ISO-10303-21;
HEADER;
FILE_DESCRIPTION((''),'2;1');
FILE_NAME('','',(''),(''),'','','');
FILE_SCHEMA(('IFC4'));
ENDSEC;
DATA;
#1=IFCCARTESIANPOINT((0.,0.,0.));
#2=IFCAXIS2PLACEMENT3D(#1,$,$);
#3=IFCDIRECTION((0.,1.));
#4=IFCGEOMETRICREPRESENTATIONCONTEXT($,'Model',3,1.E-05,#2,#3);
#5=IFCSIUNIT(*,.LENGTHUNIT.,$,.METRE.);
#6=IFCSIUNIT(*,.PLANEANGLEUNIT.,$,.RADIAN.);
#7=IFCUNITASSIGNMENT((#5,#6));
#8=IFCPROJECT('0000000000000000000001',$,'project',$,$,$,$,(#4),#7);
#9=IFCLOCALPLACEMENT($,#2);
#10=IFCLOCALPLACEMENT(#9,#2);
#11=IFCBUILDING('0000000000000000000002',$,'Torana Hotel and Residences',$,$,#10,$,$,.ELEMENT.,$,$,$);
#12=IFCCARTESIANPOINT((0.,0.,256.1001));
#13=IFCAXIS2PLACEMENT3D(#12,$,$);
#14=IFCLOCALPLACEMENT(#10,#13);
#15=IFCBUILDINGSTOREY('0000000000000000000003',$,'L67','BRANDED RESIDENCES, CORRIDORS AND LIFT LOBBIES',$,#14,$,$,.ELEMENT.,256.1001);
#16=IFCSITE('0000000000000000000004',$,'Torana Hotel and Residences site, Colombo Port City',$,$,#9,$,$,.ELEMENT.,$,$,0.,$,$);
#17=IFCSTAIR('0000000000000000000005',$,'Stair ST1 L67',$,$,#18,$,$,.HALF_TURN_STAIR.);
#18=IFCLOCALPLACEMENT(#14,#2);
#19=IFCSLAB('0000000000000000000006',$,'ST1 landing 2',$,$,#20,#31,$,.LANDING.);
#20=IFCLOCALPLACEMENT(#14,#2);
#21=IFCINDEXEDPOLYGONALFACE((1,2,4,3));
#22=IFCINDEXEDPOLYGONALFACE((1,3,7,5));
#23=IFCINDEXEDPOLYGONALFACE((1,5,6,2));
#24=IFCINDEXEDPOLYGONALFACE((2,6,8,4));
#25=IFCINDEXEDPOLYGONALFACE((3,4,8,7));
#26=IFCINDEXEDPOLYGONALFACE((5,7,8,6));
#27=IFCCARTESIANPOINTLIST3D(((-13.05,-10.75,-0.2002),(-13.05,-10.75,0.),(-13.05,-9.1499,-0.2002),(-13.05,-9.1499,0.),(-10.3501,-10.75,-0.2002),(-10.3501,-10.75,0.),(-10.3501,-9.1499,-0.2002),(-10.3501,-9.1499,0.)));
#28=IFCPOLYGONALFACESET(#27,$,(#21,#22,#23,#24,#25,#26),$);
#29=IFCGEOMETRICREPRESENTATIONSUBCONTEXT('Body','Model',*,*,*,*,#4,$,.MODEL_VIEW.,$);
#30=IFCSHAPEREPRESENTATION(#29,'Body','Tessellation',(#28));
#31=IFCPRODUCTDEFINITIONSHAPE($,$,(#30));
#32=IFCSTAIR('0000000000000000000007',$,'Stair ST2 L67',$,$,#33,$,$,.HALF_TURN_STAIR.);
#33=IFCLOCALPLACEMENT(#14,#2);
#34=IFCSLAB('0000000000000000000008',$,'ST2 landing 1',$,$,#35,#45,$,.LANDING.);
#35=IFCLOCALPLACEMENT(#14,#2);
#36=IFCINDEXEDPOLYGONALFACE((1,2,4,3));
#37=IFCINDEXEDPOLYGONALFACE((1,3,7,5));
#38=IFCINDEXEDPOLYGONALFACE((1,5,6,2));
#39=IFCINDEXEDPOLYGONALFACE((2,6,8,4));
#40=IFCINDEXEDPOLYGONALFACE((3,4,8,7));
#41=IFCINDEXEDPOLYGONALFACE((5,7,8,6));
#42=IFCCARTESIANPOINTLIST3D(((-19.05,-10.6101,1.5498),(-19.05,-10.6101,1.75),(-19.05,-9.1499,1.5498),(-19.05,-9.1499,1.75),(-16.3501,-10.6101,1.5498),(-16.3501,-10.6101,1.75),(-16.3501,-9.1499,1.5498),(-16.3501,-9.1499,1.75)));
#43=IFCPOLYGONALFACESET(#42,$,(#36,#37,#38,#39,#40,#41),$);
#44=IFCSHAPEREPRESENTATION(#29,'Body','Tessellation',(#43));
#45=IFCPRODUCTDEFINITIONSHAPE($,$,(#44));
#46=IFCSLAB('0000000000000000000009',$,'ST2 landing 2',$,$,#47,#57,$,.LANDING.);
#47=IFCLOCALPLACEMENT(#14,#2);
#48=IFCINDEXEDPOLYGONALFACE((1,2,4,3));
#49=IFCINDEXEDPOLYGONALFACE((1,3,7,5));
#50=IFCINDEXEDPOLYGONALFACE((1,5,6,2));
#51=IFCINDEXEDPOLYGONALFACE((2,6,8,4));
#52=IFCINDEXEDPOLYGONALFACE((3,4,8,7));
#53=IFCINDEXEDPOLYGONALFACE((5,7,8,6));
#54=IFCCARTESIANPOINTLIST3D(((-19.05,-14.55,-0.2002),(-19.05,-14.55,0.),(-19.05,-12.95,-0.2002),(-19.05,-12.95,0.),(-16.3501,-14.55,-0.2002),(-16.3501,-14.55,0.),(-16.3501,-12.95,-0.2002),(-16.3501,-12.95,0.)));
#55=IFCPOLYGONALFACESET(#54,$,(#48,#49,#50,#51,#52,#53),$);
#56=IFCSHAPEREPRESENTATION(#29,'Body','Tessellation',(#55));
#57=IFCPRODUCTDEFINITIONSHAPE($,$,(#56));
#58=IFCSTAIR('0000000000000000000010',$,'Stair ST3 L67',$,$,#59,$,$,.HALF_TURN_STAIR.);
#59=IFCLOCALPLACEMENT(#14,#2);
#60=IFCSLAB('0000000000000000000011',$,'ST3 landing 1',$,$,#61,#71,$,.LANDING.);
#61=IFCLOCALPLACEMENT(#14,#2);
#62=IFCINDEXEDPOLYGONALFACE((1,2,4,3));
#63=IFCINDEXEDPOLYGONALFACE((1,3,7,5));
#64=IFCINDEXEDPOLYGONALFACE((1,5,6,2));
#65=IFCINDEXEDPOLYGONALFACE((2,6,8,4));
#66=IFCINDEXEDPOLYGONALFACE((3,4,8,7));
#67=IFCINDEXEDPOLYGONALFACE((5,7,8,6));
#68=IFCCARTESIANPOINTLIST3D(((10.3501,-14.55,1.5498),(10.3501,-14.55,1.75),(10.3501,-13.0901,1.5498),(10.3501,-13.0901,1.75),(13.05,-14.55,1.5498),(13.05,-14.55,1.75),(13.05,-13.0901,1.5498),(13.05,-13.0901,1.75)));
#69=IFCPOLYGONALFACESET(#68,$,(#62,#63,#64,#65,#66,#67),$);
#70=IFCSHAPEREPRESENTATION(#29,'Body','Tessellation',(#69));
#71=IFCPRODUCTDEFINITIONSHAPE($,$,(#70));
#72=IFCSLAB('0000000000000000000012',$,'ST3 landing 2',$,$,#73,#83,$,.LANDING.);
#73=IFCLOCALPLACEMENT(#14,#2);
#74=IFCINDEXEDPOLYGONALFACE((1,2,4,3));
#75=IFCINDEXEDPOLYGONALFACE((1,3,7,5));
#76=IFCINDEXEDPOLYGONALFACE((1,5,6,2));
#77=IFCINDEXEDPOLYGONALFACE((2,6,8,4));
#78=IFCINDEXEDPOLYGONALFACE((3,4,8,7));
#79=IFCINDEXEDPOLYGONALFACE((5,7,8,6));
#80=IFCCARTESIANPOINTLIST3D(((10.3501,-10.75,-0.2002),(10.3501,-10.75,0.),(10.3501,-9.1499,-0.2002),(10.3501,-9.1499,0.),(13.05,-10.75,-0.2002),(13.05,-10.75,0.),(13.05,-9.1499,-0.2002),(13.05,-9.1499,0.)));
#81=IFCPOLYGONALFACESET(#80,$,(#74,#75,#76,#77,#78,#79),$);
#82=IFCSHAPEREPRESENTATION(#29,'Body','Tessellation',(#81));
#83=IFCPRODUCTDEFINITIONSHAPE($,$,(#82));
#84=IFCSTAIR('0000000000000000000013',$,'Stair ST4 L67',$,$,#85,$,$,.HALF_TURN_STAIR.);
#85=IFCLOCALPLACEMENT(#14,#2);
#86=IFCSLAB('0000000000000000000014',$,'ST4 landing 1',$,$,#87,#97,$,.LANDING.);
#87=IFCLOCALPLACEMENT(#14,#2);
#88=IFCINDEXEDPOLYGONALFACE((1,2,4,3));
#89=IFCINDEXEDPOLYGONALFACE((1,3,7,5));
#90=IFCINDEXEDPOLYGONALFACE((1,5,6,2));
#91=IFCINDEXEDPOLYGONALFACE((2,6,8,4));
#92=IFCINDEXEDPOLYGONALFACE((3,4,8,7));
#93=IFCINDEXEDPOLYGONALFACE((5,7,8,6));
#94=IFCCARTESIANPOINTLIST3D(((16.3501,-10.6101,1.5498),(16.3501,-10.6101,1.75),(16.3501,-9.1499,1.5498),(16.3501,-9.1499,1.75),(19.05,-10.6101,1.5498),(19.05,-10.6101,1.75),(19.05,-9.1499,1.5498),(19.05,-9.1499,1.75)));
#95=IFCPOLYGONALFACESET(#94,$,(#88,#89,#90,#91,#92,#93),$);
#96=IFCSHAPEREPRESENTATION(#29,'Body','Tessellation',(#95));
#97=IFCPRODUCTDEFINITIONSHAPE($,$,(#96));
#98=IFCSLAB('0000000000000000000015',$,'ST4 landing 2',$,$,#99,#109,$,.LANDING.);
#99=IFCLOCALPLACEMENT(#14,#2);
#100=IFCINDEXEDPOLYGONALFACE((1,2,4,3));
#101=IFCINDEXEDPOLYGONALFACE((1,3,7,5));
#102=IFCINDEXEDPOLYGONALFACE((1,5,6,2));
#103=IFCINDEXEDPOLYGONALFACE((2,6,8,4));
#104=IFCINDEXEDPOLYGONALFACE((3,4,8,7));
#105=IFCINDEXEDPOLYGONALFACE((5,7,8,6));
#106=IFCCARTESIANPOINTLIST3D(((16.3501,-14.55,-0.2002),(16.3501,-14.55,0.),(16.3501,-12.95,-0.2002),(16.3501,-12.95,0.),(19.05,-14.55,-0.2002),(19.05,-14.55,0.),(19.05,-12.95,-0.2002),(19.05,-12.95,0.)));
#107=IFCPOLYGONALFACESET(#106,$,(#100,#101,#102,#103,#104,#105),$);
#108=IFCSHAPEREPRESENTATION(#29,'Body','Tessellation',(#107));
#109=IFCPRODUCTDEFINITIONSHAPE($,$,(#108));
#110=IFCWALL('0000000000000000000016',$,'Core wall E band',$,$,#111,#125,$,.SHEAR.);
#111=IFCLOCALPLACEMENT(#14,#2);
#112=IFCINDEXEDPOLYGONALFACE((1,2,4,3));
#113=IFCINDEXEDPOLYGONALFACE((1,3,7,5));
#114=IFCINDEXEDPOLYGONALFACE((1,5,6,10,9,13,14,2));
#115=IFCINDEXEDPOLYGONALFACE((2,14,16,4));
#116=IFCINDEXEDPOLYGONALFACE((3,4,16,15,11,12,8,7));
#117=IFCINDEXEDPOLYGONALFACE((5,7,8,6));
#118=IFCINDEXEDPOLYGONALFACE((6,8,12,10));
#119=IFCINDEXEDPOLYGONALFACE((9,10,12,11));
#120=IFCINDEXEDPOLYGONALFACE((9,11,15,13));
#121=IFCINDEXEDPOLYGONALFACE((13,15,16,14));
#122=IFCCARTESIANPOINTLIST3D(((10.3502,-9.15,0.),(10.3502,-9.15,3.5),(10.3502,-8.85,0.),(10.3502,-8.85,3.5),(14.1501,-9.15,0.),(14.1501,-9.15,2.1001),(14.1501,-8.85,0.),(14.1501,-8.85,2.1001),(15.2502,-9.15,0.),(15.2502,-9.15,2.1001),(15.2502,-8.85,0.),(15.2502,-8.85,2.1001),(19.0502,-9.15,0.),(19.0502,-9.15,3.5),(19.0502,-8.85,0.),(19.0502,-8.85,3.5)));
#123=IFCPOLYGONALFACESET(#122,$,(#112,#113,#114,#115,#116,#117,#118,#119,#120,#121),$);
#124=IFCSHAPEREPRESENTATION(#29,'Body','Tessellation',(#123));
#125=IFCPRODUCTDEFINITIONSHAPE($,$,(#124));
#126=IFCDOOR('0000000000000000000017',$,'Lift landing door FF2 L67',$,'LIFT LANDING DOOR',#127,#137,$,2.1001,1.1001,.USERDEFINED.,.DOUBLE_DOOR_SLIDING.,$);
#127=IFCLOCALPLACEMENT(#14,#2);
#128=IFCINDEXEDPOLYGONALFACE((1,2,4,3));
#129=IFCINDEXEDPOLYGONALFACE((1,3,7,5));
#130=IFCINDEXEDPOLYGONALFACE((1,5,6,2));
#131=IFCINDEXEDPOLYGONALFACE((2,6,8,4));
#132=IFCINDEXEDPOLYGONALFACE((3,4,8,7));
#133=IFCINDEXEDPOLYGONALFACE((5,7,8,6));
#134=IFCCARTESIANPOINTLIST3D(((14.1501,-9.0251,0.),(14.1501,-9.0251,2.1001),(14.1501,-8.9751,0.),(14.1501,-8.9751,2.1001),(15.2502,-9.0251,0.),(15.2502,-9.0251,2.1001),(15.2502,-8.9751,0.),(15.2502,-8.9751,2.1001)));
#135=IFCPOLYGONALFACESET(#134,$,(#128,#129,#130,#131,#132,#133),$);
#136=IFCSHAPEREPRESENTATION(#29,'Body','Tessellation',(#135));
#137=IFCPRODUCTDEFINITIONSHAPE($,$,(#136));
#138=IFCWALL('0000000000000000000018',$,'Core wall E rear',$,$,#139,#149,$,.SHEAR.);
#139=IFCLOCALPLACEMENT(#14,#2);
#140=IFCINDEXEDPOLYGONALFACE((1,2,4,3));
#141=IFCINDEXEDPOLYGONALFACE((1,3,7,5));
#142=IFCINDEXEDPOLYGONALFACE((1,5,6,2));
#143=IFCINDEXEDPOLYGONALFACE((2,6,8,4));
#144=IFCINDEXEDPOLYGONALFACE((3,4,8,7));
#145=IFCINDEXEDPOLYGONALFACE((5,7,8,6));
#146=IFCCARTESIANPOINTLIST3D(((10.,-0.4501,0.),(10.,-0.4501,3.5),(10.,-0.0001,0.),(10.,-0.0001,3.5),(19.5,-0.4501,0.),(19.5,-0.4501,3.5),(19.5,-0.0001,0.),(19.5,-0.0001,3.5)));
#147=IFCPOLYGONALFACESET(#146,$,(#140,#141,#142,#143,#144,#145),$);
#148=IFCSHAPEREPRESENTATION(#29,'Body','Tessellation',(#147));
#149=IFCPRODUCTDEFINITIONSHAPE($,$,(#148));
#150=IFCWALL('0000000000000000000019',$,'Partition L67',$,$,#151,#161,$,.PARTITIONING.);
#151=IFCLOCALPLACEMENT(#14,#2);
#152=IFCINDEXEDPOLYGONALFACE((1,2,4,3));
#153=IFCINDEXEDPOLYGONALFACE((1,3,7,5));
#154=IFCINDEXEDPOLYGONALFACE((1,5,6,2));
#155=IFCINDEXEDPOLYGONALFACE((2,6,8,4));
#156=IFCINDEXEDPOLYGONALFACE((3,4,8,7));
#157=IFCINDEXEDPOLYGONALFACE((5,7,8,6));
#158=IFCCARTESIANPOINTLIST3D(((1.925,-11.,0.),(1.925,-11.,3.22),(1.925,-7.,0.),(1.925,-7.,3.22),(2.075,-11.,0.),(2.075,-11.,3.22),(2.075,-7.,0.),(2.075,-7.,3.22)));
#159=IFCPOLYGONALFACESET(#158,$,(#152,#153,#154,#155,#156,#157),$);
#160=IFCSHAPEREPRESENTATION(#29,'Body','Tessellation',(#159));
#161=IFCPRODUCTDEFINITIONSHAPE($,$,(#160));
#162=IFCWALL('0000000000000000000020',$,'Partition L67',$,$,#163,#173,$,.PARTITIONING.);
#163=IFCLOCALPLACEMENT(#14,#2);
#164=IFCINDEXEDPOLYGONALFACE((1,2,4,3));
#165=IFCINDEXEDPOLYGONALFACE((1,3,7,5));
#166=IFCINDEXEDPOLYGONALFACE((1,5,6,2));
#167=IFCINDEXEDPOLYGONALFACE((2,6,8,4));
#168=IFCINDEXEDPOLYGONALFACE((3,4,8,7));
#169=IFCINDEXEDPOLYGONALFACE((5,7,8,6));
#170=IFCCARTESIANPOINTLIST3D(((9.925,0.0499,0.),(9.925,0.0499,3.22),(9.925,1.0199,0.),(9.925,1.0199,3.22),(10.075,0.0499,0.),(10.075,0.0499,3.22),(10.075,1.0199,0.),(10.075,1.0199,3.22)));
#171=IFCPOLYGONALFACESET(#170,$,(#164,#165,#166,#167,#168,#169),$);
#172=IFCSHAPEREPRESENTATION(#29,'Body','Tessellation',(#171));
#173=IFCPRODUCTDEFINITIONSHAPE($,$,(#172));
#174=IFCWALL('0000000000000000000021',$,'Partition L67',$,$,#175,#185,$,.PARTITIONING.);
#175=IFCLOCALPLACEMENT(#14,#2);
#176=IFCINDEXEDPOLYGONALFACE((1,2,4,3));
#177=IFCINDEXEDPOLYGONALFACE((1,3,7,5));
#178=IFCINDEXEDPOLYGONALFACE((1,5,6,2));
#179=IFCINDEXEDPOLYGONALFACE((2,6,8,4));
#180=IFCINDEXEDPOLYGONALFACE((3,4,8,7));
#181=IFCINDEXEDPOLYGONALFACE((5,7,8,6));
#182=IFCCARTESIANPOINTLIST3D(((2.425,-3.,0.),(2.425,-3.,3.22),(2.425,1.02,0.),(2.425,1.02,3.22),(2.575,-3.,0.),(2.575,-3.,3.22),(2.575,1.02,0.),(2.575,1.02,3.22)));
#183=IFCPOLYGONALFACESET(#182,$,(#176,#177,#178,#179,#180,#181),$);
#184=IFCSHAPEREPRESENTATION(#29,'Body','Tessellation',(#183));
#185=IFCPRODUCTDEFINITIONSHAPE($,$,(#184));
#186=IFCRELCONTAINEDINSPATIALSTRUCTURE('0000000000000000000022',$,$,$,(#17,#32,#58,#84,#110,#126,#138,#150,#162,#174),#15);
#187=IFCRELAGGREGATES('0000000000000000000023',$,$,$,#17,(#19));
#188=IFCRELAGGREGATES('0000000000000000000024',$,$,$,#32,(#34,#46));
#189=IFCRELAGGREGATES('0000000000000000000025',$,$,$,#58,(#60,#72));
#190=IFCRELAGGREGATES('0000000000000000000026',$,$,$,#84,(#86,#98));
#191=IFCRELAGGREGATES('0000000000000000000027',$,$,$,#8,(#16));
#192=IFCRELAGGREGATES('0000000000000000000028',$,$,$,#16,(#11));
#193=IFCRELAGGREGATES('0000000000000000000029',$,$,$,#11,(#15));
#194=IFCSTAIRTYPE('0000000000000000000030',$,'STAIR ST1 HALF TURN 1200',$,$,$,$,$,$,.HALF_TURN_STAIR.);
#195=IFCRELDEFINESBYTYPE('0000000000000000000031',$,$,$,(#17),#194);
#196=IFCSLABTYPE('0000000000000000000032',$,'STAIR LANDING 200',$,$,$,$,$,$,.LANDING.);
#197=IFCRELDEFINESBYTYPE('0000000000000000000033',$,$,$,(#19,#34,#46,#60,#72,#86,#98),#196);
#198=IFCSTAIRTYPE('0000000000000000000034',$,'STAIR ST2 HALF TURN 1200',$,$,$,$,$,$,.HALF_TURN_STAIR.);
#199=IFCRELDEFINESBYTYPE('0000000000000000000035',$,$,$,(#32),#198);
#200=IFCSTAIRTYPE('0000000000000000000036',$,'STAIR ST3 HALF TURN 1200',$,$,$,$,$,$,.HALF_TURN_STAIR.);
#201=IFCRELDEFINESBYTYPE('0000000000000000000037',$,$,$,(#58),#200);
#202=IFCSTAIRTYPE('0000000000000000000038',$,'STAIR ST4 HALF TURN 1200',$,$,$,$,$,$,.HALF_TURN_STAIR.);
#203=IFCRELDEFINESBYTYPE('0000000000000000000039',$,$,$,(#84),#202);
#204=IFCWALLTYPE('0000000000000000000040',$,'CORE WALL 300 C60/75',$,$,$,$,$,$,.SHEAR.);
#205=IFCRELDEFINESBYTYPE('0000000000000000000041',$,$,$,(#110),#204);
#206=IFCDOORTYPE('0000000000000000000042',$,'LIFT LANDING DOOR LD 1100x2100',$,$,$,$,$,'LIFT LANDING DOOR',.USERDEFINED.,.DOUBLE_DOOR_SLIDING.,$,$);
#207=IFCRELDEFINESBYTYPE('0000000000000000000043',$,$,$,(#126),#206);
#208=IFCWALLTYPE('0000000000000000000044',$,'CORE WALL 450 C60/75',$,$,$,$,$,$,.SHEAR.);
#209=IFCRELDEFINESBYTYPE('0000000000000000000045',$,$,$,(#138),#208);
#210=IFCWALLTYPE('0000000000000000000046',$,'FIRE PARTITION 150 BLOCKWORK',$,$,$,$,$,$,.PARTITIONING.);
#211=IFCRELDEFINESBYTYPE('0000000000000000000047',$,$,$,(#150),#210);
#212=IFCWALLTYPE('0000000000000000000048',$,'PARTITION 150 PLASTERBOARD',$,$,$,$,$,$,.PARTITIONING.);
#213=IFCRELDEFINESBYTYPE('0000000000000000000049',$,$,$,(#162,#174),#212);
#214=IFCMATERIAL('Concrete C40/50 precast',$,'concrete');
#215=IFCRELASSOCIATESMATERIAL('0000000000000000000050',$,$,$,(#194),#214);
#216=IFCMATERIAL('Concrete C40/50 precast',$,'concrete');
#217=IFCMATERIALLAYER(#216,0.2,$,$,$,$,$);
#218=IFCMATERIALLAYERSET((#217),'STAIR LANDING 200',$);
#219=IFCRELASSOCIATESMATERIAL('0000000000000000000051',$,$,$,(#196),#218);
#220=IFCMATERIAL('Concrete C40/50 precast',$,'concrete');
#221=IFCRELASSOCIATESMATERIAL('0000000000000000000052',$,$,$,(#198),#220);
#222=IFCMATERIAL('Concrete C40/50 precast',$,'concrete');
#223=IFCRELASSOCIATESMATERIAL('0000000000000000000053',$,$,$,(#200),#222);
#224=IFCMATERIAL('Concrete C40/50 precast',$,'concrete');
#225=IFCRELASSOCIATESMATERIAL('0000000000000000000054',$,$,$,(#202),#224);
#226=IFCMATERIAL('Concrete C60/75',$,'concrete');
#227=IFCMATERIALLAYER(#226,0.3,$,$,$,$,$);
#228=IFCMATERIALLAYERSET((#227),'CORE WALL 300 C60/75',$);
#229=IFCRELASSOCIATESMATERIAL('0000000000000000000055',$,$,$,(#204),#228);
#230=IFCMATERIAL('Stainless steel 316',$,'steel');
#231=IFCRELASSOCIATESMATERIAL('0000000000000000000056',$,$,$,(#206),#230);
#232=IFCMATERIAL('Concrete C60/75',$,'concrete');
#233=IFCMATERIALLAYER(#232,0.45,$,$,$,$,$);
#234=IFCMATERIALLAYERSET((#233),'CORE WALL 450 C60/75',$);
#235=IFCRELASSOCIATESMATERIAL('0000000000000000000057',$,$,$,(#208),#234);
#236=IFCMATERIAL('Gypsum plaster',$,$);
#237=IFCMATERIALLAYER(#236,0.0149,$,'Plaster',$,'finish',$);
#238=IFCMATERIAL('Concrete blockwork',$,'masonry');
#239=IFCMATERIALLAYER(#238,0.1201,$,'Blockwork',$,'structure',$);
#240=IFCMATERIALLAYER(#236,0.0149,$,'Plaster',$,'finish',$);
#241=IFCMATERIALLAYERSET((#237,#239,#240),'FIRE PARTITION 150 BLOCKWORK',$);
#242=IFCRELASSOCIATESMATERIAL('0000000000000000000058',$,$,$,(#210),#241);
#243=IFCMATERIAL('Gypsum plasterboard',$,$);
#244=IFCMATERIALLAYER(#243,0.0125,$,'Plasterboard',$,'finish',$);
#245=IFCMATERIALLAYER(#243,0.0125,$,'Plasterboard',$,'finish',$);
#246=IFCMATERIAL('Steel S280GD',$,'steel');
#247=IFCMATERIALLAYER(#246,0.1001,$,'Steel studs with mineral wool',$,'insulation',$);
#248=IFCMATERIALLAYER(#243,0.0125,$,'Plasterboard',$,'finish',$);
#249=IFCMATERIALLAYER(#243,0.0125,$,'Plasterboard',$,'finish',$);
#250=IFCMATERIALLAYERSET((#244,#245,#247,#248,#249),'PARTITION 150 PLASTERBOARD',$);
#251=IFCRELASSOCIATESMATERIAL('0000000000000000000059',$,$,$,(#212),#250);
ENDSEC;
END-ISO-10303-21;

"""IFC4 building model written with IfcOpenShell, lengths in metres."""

from ifc_helpers import new_model, si_unit, direction, frame, frame_2d, origin, place, context, subcontext, project, spatial, polyline, rectangle, outline, extrude, material, layer, layer_set, type_object, element, fill, aggregate, save


model = new_model("IFC4")

# Units and contexts
model_context = context("Model", 3, precision=1e-05, world=origin(), true_north=direction((0.0, 1.0)))
body_context = subcontext(model_context, "Body", "Model", "MODEL_VIEW")
ifc_project = project(units=[si_unit("LENGTHUNIT", "METRE"), si_unit("PLANEANGLEUNIT", "RADIAN")], contexts=[model_context])

# Site, building, storey
site_placement = place(None, origin())
site = spatial("IfcSite", under=ifc_project, at=site_placement, Name="Torana Hotel and Residences site, Colombo Port City", CompositionType="ELEMENT", RefElevation=0.0)
building_placement = place(site_placement, origin())
building = spatial("IfcBuilding", under=site, at=building_placement, Name="Torana Hotel and Residences", CompositionType="ELEMENT")
storey_placement = place(building_placement, frame((0.0, 0.0, 256.1001)))
storey = spatial("IfcBuildingStorey", under=building, at=storey_placement, Name="L67", Description="BRANDED RESIDENCES, CORRIDORS AND LIFT LOBBIES", CompositionType="ELEMENT", Elevation=256.1001)

# Stairs, slabs
ifc_material_1 = material(Name="Concrete C40/50 precast", Category="concrete")
stair_type_1 = type_object("IfcStairType", Name="STAIR ST1 HALF TURN 1200", PredefinedType="HALF_TURN_STAIR", material=ifc_material_1)
stair_1_placement = place(storey_placement, origin())
stair_1 = element("IfcStair", 1, at=stair_1_placement, inside=storey, type_object=stair_type_1, Name="Stair ST1 L67", PredefinedType="HALF_TURN_STAIR")
ifc_material_2 = material(Name="Concrete C40/50 precast", Category="concrete")
ifc_layer_1 = layer(ifc_material_2, 0.2)
ifc_layer_set_1 = layer_set([ifc_layer_1], Name="STAIR LANDING 200")
slab_type_1 = type_object("IfcSlabType", Name="STAIR LANDING 200", PredefinedType="LANDING", material=ifc_layer_set_1)
slab_1_placement = place(storey_placement, frame((0.0, 0.0, -0.2002)))
slab_1 = element("IfcSlab", 2, at=slab_1_placement, type_object=slab_type_1, Name="ST1 landing 2", PredefinedType="LANDING", context=body_context, shape_type="SweptSolid", body=[
    extrude(outline(polyline([(-13.05, -10.75), (-10.3501, -10.75), (-10.3501, -9.1499), (-13.05, -9.1499), (-13.05, -10.75)])), origin(), (0.0, 0.0, 1.0), 0.2002),
])
aggregate(stair_1, [slab_1])
ifc_material_3 = material(Name="Concrete C40/50 precast", Category="concrete")
stair_type_2 = type_object("IfcStairType", Name="STAIR ST2 HALF TURN 1200", PredefinedType="HALF_TURN_STAIR", material=ifc_material_3)
stair_2_placement = place(storey_placement, origin())
stair_2 = element("IfcStair", 3, at=stair_2_placement, inside=storey, type_object=stair_type_2, Name="Stair ST2 L67", PredefinedType="HALF_TURN_STAIR")
slab_2_placement = place(storey_placement, frame((0.0, 0.0, 1.5498)))
slab_2 = element("IfcSlab", 4, at=slab_2_placement, type_object=slab_type_1, Name="ST2 landing 1", PredefinedType="LANDING", context=body_context, shape_type="SweptSolid", body=[
    extrude(outline(polyline([(-19.05, -10.6101), (-16.3501, -10.6101), (-16.3501, -9.1499), (-19.05, -9.1499), (-19.05, -10.6101)])), origin(), (0.0, 0.0, 1.0), 0.2002),
])
slab_3_placement = place(storey_placement, frame((0.0, 0.0, -0.2002)))
slab_3 = element("IfcSlab", 5, at=slab_3_placement, type_object=slab_type_1, Name="ST2 landing 2", PredefinedType="LANDING", context=body_context, shape_type="SweptSolid", body=[
    extrude(outline(polyline([(-19.05, -14.55), (-16.3501, -14.55), (-16.3501, -12.95), (-19.05, -12.95), (-19.05, -14.55)])), origin(), (0.0, 0.0, 1.0), 0.2002),
])
aggregate(stair_2, [slab_2, slab_3])
ifc_material_4 = material(Name="Concrete C40/50 precast", Category="concrete")
stair_type_3 = type_object("IfcStairType", Name="STAIR ST3 HALF TURN 1200", PredefinedType="HALF_TURN_STAIR", material=ifc_material_4)
stair_3_placement = place(storey_placement, origin())
stair_3 = element("IfcStair", 6, at=stair_3_placement, inside=storey, type_object=stair_type_3, Name="Stair ST3 L67", PredefinedType="HALF_TURN_STAIR")
slab_4_placement = place(storey_placement, frame((0.0, 0.0, 1.5498)))
slab_4 = element("IfcSlab", 7, at=slab_4_placement, type_object=slab_type_1, Name="ST3 landing 1", PredefinedType="LANDING", context=body_context, shape_type="SweptSolid", body=[
    extrude(outline(polyline([(10.3501, -14.55), (13.05, -14.55), (13.05, -13.0901), (10.3501, -13.0901), (10.3501, -14.55)])), origin(), (0.0, 0.0, 1.0), 0.2002),
])
slab_5_placement = place(storey_placement, frame((0.0, 0.0, -0.2002)))
slab_5 = element("IfcSlab", 8, at=slab_5_placement, type_object=slab_type_1, Name="ST3 landing 2", PredefinedType="LANDING", context=body_context, shape_type="SweptSolid", body=[
    extrude(outline(polyline([(10.3501, -10.75), (13.05, -10.75), (13.05, -9.1499), (10.3501, -9.1499), (10.3501, -10.75)])), origin(), (0.0, 0.0, 1.0), 0.2002),
])
aggregate(stair_3, [slab_4, slab_5])
ifc_material_5 = material(Name="Concrete C40/50 precast", Category="concrete")
stair_type_4 = type_object("IfcStairType", Name="STAIR ST4 HALF TURN 1200", PredefinedType="HALF_TURN_STAIR", material=ifc_material_5)
stair_4_placement = place(storey_placement, origin())
stair_4 = element("IfcStair", 9, at=stair_4_placement, inside=storey, type_object=stair_type_4, Name="Stair ST4 L67", PredefinedType="HALF_TURN_STAIR")
slab_6_placement = place(storey_placement, frame((0.0, 0.0, 1.5498)))
slab_6 = element("IfcSlab", 10, at=slab_6_placement, type_object=slab_type_1, Name="ST4 landing 1", PredefinedType="LANDING", context=body_context, shape_type="SweptSolid", body=[
    extrude(outline(polyline([(16.3501, -10.6101), (19.05, -10.6101), (19.05, -9.1499), (16.3501, -9.1499), (16.3501, -10.6101)])), origin(), (0.0, 0.0, 1.0), 0.2002),
])
slab_7_placement = place(storey_placement, frame((0.0, 0.0, -0.2002)))
slab_7 = element("IfcSlab", 11, at=slab_7_placement, type_object=slab_type_1, Name="ST4 landing 2", PredefinedType="LANDING", context=body_context, shape_type="SweptSolid", body=[
    extrude(outline(polyline([(16.3501, -14.55), (19.05, -14.55), (19.05, -12.95), (16.3501, -12.95), (16.3501, -14.55)])), origin(), (0.0, 0.0, 1.0), 0.2002),
])
aggregate(stair_4, [slab_6, slab_7])

# Wall, opening, door
ifc_material_6 = material(Name="Concrete C60/75", Category="concrete")
ifc_layer_2 = layer(ifc_material_6, 0.3)
ifc_layer_set_2 = layer_set([ifc_layer_2], Name="CORE WALL 300 C60/75")
wall_type_1 = type_object("IfcWallType", Name="CORE WALL 300 C60/75", PredefinedType="SHEAR", material=ifc_layer_set_2)
wall_1_placement = place(storey_placement, frame((10.3501, -9.0, 0.0), z_axis=(0.0, 0.0, 1.0), x_axis=(1.0, 0.0, 0.0)))
wall_1 = element("IfcWall", 12, at=wall_1_placement, inside=storey, type_object=wall_type_1, Name="Core wall E band", PredefinedType="SHEAR", context=body_context, shape_type="SweptSolid", body=[
    extrude(rectangle(XDim=8.7, YDim=0.3, at=frame_2d((4.3501, 0.0))), origin(), (0.0, 0.0, 1.0), 3.5),
])
opening_placement = place(wall_1_placement, frame((3.8, 0.0, 0.0)))
opening = element("IfcOpeningElement", 13, at=opening_placement, cuts=wall_1, PredefinedType="OPENING", context=body_context, shape_type="SweptSolid", body=[
    extrude(rectangle(XDim=1.1001, YDim=2.1001, at=frame_2d((0.55, 1.05))), frame((0.0, 0.1599, 0.0), z_axis=(0.0, -1.0, 0.0), x_axis=(1.0, 0.0, 0.0)), (0.0, 0.0, 1.0), 0.3201),
])
ifc_material_7 = material(Name="Stainless steel 316", Category="steel")
door_type = type_object("IfcDoorType", Name="LIFT LANDING DOOR LD 1100x2100", ElementType="LIFT LANDING DOOR", OperationType="DOUBLE_DOOR_SLIDING", PredefinedType="USERDEFINED", material=ifc_material_7)
door_placement = place(opening_placement, origin())
door = element("IfcDoor", 14, at=door_placement, inside=storey, type_object=door_type, Name="Lift landing door FF2 L67", ObjectType="LIFT LANDING DOOR", OperationType="DOUBLE_DOOR_SLIDING", OverallHeight=2.1001, OverallWidth=1.1001, PredefinedType="USERDEFINED", context=body_context, shape_type="SweptSolid", body=[
    extrude(rectangle(XDim=1.1001, YDim=2.1001, at=frame_2d((0.55, 1.05))), frame((0.0, 0.0249, 0.0), z_axis=(0.0, -1.0, 0.0), x_axis=(1.0, 0.0, 0.0)), (0.0, 0.0, 1.0), 0.05),
])
fill(opening, door)

# Walls
ifc_material_8 = material(Name="Concrete C60/75", Category="concrete")
ifc_layer_3 = layer(ifc_material_8, 0.45)
ifc_layer_set_3 = layer_set([ifc_layer_3], Name="CORE WALL 450 C60/75")
wall_type_2 = type_object("IfcWallType", Name="CORE WALL 450 C60/75", PredefinedType="SHEAR", material=ifc_layer_set_3)
wall_2_placement = place(storey_placement, frame((10.0, -0.2251, 0.0), z_axis=(0.0, 0.0, 1.0), x_axis=(1.0, 0.0, 0.0)))
element("IfcWall", 15, at=wall_2_placement, inside=storey, type_object=wall_type_2, Name="Core wall E rear", PredefinedType="SHEAR", context=body_context, shape_type="SweptSolid", body=[
    extrude(rectangle(XDim=9.5, YDim=0.45, at=frame_2d((4.75, 0.0))), origin(), (0.0, 0.0, 1.0), 3.5),
])
ifc_material_9 = material(Name="Gypsum plaster")
ifc_layer_4 = layer(ifc_material_9, 0.0149, Name="Plaster", Category="finish")
ifc_material_10 = material(Name="Concrete blockwork", Category="masonry")
ifc_layer_5 = layer(ifc_material_10, 0.1201, Name="Blockwork", Category="structure")
ifc_layer_6 = layer(ifc_material_9, 0.0149, Name="Plaster", Category="finish")
ifc_layer_set_4 = layer_set([ifc_layer_4, ifc_layer_5, ifc_layer_6], Name="FIRE PARTITION 150 BLOCKWORK")
wall_type_3 = type_object("IfcWallType", Name="FIRE PARTITION 150 BLOCKWORK", PredefinedType="PARTITIONING", material=ifc_layer_set_4)
wall_3_placement = place(storey_placement, frame((2.0, -11.0, 0.0), z_axis=(0.0, 0.0, 1.0), x_axis=(0.0, 1.0, 0.0)))
element("IfcWall", 16, at=wall_3_placement, inside=storey, type_object=wall_type_3, Name="Partition L67", PredefinedType="PARTITIONING", context=body_context, shape_type="SweptSolid", body=[
    extrude(rectangle(XDim=4.0, YDim=0.1499, at=frame_2d((2.0, 0.0))), origin(), (0.0, 0.0, 1.0), 3.22),
])
ifc_material_11 = material(Name="Gypsum plasterboard")
ifc_layer_7 = layer(ifc_material_11, 0.0125, Name="Plasterboard", Category="finish")
ifc_layer_8 = layer(ifc_material_11, 0.0125, Name="Plasterboard", Category="finish")
ifc_material_12 = material(Name="Steel S280GD", Category="steel")
ifc_layer_9 = layer(ifc_material_12, 0.1001, Name="Steel studs with mineral wool", Category="insulation")
ifc_layer_10 = layer(ifc_material_11, 0.0125, Name="Plasterboard", Category="finish")
ifc_layer_11 = layer(ifc_material_11, 0.0125, Name="Plasterboard", Category="finish")
ifc_layer_set_5 = layer_set([ifc_layer_7, ifc_layer_8, ifc_layer_9, ifc_layer_10, ifc_layer_11], Name="PARTITION 150 PLASTERBOARD")
wall_type_4 = type_object("IfcWallType", Name="PARTITION 150 PLASTERBOARD", PredefinedType="PARTITIONING", material=ifc_layer_set_5)
wall_4_placement = place(storey_placement, frame((10.0, 0.05, 0.0), z_axis=(0.0, 0.0, 1.0), x_axis=(0.0, 1.0, 0.0)))
element("IfcWall", 17, at=wall_4_placement, inside=storey, type_object=wall_type_4, Name="Partition L67", PredefinedType="PARTITIONING", context=body_context, shape_type="SweptSolid", body=[
    extrude(rectangle(XDim=0.97, YDim=0.1499, at=frame_2d((0.4849, 0.0))), origin(), (0.0, 0.0, 1.0), 3.22),
])
wall_5_placement = place(storey_placement, frame((2.5, -3.0, 0.0), z_axis=(0.0, 0.0, 1.0), x_axis=(0.0, 1.0, 0.0)))
element("IfcWall", 18, at=wall_5_placement, inside=storey, type_object=wall_type_4, Name="Partition L67", PredefinedType="PARTITIONING", context=body_context, shape_type="SweptSolid", body=[
    extrude(rectangle(XDim=4.02, YDim=0.1499, at=frame_2d((2.01, 0.0))), origin(), (0.0, 0.0, 1.0), 3.22),
])

save(model, "model.ifc")
